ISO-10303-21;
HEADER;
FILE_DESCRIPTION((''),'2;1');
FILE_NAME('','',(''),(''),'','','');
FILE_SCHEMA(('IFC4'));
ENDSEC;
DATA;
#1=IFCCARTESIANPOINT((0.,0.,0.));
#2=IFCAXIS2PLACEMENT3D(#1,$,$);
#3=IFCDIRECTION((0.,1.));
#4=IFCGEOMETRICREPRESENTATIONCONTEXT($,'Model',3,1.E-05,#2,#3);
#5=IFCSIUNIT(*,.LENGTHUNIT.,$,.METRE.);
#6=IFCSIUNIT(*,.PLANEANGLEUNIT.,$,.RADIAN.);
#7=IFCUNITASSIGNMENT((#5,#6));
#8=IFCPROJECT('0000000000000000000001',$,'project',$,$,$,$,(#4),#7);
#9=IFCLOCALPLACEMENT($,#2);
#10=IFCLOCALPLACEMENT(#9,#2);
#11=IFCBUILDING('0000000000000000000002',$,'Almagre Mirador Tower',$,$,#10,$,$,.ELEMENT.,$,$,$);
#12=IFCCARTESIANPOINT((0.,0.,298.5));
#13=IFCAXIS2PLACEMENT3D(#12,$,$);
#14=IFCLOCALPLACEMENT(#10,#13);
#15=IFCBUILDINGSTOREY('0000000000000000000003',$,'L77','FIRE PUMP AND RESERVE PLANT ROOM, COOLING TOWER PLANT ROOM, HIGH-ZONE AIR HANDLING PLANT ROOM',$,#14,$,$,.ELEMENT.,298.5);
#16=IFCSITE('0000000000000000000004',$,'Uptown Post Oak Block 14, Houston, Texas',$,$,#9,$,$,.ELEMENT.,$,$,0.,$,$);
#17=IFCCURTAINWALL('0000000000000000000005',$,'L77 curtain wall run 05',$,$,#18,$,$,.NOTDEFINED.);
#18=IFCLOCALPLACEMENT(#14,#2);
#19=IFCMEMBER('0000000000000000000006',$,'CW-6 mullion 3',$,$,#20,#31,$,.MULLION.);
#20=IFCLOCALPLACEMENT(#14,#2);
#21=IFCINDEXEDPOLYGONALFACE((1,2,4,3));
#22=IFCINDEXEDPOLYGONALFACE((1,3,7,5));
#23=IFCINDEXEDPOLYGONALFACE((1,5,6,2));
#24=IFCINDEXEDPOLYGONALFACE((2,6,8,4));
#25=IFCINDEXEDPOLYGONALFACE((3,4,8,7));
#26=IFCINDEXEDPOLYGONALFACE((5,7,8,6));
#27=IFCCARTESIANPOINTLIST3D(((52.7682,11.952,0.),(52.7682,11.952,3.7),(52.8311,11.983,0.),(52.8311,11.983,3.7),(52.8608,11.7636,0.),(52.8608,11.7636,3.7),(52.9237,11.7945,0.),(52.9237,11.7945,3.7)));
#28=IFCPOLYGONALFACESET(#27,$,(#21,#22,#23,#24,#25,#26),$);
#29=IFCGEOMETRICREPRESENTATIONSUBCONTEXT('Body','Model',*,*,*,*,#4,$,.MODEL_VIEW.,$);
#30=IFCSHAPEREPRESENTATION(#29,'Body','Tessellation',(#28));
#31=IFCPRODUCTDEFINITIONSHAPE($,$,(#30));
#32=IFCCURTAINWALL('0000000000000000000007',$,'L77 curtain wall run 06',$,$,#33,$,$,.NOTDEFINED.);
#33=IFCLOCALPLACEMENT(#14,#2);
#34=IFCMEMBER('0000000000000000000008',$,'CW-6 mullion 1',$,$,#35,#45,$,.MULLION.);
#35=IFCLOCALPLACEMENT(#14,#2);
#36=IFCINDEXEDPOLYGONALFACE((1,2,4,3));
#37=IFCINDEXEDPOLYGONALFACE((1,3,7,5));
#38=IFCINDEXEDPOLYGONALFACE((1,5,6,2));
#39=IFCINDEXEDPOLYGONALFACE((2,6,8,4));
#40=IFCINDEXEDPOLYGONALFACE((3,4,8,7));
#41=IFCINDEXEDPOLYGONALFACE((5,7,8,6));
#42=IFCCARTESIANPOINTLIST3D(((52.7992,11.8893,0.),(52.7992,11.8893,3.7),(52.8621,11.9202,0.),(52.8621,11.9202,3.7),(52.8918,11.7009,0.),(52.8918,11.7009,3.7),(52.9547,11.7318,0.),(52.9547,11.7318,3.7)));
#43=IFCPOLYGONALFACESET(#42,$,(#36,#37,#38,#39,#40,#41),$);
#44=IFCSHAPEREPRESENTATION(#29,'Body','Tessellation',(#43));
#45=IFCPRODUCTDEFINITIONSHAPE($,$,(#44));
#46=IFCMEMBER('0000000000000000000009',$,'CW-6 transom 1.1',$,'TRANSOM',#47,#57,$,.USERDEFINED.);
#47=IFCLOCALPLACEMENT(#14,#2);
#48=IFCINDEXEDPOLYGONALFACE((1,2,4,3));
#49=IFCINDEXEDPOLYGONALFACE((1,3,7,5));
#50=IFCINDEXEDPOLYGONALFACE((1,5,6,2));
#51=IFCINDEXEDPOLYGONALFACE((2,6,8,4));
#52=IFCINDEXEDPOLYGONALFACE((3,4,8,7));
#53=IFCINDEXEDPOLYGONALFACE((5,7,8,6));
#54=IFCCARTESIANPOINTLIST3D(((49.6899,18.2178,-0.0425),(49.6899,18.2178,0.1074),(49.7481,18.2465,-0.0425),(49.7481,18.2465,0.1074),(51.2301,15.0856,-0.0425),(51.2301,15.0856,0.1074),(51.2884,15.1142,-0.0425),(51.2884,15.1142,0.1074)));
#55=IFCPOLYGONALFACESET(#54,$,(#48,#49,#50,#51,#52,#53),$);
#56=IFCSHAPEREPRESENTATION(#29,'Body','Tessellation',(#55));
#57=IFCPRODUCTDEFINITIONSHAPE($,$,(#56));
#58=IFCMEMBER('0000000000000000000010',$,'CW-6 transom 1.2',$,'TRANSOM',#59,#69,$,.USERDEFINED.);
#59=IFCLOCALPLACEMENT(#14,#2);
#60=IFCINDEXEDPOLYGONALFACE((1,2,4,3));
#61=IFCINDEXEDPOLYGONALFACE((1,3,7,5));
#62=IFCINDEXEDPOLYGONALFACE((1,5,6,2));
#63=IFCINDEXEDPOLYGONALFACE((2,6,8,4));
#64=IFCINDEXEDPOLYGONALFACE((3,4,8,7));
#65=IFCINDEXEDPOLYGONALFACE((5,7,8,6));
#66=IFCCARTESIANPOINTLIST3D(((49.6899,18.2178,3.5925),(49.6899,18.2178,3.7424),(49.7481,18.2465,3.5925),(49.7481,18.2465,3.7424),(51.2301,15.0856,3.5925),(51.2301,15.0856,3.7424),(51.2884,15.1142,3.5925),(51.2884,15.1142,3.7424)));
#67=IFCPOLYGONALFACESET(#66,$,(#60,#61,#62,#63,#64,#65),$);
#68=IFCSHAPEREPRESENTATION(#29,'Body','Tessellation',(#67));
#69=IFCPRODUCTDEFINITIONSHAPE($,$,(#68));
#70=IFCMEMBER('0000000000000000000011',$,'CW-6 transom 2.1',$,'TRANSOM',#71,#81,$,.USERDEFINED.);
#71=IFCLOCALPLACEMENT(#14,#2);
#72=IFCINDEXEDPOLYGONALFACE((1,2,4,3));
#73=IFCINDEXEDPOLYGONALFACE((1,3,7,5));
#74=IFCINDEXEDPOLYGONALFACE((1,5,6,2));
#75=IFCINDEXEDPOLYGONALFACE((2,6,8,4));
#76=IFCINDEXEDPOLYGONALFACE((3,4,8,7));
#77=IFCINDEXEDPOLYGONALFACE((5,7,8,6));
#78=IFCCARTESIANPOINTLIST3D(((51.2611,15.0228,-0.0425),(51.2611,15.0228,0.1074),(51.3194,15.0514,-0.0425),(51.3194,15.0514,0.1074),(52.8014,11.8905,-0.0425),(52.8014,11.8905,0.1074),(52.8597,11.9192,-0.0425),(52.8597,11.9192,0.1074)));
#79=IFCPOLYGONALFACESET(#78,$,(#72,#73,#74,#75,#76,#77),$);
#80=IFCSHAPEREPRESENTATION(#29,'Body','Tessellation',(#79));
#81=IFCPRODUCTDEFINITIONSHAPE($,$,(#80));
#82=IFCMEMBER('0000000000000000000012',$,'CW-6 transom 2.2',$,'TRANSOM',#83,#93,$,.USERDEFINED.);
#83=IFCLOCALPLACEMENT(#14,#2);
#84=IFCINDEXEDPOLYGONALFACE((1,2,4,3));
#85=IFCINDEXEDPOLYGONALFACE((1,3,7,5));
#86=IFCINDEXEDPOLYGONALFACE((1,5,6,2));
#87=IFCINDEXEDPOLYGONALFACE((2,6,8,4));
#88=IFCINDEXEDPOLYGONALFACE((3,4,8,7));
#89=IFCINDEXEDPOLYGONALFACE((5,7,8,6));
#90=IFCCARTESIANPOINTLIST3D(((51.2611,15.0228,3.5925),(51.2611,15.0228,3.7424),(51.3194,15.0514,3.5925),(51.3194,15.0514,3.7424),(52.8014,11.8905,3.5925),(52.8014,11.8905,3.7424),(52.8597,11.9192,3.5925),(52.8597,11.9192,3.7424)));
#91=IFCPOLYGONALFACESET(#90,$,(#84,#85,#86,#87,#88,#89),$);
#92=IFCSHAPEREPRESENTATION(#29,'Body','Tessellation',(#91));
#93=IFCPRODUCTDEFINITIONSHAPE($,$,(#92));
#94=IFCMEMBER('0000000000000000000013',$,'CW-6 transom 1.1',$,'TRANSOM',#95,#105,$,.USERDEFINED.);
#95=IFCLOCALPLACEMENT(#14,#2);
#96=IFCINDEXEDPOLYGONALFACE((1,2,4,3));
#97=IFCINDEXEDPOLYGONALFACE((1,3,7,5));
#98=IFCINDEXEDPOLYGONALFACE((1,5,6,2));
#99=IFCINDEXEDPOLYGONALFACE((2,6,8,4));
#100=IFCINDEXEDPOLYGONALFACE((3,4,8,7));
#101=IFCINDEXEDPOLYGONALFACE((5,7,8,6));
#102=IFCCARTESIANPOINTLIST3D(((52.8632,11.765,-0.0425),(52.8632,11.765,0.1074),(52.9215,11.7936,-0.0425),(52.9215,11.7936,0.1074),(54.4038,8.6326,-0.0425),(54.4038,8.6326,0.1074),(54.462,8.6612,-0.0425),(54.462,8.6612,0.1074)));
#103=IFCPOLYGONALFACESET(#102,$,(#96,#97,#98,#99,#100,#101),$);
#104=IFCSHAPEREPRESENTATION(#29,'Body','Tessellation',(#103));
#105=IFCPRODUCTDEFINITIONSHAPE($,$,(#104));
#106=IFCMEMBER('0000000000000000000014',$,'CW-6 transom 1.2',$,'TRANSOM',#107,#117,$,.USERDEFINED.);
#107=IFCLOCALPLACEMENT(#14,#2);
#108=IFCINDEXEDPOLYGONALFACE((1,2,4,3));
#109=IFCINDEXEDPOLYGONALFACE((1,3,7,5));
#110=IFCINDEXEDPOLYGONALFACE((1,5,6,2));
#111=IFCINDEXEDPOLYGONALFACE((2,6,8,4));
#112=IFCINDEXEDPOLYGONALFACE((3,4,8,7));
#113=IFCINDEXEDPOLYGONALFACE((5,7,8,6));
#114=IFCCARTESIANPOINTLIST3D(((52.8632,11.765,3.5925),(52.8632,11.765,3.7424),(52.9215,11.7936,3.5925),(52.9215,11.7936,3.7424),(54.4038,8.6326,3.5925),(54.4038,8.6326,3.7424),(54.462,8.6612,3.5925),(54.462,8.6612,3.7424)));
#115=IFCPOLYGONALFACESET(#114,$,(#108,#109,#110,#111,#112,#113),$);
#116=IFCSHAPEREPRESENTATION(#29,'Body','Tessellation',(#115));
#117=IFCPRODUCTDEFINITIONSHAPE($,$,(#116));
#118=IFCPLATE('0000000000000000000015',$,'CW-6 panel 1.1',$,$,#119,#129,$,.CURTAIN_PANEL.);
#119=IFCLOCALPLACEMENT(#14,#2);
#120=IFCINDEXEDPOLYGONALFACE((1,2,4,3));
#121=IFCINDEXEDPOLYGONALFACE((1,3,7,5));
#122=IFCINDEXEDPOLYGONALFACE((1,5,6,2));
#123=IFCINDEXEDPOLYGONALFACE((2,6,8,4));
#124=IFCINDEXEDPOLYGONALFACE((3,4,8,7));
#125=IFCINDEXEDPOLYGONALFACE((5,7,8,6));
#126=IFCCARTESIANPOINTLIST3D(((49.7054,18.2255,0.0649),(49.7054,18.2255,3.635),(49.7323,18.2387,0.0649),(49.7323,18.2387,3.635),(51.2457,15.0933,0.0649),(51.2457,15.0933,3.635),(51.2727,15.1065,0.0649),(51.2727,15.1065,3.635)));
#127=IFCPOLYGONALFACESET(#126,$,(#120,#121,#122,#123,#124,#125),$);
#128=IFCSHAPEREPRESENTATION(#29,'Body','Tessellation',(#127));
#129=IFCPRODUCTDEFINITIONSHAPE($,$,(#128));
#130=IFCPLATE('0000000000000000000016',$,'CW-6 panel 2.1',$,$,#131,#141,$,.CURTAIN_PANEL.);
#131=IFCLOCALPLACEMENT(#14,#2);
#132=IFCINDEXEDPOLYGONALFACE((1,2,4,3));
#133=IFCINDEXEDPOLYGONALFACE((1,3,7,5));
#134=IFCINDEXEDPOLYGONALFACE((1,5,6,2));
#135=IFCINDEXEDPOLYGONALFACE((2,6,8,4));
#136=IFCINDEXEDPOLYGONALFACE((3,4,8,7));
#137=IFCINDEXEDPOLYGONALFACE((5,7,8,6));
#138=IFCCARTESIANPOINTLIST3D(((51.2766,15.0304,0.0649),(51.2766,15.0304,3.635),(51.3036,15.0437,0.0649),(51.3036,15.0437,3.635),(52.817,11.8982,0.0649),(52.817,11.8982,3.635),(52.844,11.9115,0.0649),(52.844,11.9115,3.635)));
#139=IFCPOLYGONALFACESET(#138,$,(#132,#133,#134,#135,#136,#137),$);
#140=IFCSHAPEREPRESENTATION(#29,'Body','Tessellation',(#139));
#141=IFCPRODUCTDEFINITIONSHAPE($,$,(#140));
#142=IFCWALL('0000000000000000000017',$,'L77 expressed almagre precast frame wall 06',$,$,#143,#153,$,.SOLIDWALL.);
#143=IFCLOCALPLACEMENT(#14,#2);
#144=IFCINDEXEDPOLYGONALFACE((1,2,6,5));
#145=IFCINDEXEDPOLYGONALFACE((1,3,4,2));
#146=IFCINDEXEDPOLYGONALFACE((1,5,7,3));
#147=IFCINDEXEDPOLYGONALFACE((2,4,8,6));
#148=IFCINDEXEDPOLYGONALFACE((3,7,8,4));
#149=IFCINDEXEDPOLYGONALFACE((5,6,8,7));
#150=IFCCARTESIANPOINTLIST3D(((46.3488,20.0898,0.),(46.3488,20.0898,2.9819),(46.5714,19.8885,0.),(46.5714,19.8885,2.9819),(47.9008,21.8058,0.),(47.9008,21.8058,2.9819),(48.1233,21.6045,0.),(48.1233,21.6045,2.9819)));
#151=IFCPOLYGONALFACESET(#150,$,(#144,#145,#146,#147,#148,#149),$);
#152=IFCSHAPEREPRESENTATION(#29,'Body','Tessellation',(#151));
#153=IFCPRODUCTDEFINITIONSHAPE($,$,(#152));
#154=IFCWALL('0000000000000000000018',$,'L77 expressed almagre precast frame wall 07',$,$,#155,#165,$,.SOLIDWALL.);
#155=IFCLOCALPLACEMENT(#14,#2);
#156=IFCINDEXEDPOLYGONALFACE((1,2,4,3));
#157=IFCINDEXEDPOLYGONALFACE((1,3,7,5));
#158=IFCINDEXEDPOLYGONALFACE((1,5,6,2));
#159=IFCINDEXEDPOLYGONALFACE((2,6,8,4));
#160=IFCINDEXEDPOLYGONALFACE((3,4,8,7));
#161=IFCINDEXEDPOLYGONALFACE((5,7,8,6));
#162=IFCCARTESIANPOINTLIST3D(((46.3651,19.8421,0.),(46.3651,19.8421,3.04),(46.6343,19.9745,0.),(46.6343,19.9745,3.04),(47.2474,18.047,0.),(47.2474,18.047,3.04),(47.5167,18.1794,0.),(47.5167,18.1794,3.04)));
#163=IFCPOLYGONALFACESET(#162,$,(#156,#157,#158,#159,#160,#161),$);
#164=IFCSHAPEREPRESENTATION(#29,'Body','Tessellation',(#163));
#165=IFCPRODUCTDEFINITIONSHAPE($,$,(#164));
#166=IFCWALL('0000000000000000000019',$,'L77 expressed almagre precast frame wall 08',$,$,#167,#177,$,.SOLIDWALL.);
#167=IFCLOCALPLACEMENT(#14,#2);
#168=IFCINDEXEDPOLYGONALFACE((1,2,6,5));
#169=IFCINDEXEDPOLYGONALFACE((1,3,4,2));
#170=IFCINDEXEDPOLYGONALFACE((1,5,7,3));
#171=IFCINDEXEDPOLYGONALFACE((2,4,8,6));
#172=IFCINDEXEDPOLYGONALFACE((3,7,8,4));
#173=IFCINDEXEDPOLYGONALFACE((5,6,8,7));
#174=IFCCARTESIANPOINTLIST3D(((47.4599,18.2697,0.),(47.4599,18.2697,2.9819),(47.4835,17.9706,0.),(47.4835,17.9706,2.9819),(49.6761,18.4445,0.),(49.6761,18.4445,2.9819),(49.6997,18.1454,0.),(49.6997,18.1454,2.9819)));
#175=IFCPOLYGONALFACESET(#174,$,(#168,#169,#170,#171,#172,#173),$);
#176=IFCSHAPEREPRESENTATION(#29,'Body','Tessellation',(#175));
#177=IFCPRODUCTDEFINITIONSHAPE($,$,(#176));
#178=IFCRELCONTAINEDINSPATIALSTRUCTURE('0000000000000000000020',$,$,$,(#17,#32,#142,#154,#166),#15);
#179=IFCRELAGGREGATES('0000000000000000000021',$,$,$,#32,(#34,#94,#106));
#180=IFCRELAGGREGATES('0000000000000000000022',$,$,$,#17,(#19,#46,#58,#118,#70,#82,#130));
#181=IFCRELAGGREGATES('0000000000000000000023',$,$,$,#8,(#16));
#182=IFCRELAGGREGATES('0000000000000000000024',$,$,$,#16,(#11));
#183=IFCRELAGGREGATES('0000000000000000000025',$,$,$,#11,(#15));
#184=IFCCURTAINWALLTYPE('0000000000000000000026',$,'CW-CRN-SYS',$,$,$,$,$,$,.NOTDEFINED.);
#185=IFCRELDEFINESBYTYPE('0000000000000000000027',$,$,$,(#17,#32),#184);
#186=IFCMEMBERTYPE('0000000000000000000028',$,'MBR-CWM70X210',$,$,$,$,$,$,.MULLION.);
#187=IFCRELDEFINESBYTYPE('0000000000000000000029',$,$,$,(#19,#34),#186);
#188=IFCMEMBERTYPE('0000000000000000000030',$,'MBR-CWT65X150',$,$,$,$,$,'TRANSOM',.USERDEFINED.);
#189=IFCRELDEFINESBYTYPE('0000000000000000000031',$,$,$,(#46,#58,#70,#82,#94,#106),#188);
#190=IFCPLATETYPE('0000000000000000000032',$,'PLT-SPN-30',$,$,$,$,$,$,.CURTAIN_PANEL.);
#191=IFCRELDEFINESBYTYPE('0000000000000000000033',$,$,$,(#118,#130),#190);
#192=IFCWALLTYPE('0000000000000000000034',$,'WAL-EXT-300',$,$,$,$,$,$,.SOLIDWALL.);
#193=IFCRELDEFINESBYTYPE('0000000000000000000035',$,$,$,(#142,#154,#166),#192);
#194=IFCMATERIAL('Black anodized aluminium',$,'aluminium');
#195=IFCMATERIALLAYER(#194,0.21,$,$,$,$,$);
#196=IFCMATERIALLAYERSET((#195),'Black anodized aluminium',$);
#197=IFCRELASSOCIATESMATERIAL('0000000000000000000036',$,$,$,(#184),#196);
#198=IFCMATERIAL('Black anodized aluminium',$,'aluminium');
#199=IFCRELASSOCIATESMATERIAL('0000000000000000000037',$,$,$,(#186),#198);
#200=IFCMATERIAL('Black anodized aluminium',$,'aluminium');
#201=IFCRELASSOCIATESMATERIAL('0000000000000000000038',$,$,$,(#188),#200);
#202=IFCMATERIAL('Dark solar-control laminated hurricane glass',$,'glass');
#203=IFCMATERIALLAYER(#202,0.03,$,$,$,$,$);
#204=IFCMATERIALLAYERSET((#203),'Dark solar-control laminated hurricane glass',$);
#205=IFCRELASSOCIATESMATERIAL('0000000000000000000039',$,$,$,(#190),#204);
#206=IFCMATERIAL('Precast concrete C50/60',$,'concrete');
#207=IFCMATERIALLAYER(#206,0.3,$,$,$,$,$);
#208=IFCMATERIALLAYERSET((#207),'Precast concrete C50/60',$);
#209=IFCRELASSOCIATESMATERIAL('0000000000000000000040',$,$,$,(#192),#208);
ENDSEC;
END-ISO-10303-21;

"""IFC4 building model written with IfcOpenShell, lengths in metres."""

from ifc_helpers import new_model, si_unit, direction, frame, frame_2d, origin, origin_2d, place, context, subcontext, project, spatial, rectangle, extrude, material, layer, layer_set, material_profile, profile_set, type_object, element, aggregate, save


model = new_model("IFC4")

# Units and contexts
model_context = context("Model", 3, precision=1e-05, world=origin(), true_north=direction((0.0, 1.0)))
body_context = subcontext(model_context, "Body", "Model", "MODEL_VIEW")
ifc_project = project(units=[si_unit("LENGTHUNIT", "METRE"), si_unit("PLANEANGLEUNIT", "RADIAN")], contexts=[model_context])

# Site, building, storey
site_placement = place(None, origin())
site = spatial("IfcSite", under=ifc_project, at=site_placement, Name="Uptown Post Oak Block 14, Houston, Texas", CompositionType="ELEMENT", RefElevation=0.0)
building_placement = place(site_placement, origin())
building = spatial("IfcBuilding", under=site, at=building_placement, Name="Almagre Mirador Tower", CompositionType="ELEMENT")
storey_placement = place(building_placement, frame((0.0, 0.0, 298.5)))
storey = spatial("IfcBuildingStorey", under=building, at=storey_placement, Name="L77", Description="FIRE PUMP AND RESERVE PLANT ROOM, COOLING TOWER PLANT ROOM, HIGH-ZONE AIR HANDLING PLANT ROOM", CompositionType="ELEMENT", Elevation=298.5)

# Shared definitions
ifc_material_1 = material(Name="Black anodized aluminium", Category="aluminium")
ifc_layer_1 = layer(ifc_material_1, 0.21)
ifc_layer_set_1 = layer_set([ifc_layer_1], Name="Black anodized aluminium")
curtain_wall_type = type_object("IfcCurtainWallType", Name="CW-CRN-SYS", PredefinedType="NOTDEFINED", material=ifc_layer_set_1)
ifc_material_2 = material(Name="Black anodized aluminium", Category="aluminium")
ifc_material_profile_1 = material_profile(ifc_material_2, rectangle(XDim=0.0701, YDim=0.21, at=origin_2d()), Name="CWM70X210")
ifc_profile_set_1 = profile_set([ifc_material_profile_1], Name="Black anodized aluminium")
member_type_1 = type_object("IfcMemberType", Name="MBR-CWM70X210", PredefinedType="MULLION", material=ifc_profile_set_1)

# Curtain wall, member
curtain_wall_1_placement = place(storey_placement, origin())
curtain_wall_1 = element("IfcCurtainWall", 1, at=curtain_wall_1_placement, inside=storey, type_object=curtain_wall_type, Name="L77 curtain wall run 05", PredefinedType="NOTDEFINED")
member_1_placement = place(storey_placement, frame((52.8459, 11.8733, 0.0), z_axis=(0.0, 0.0, 1.0), x_axis=(0.897356, 0.441308, 0.0)))
member_1 = element("IfcMember", 2, at=member_1_placement, type_object=member_type_1, Name="CW-6 mullion 3", PredefinedType="MULLION", context=body_context, shape_type="SweptSolid", body=[
    extrude(rectangle(XDim=0.0701, YDim=0.21, at=origin_2d()), origin(), (0.0, 0.0, 1.0), 3.7),
])

# Curtain wall, member
curtain_wall_2_placement = place(storey_placement, origin())
curtain_wall_2 = element("IfcCurtainWall", 3, at=curtain_wall_2_placement, inside=storey, type_object=curtain_wall_type, Name="L77 curtain wall run 06", PredefinedType="NOTDEFINED")
member_2_placement = place(storey_placement, frame((52.877, 11.8105, 0.0), z_axis=(0.0, 0.0, 1.0), x_axis=(0.897356, 0.441308, 0.0)))
member_2 = element("IfcMember", 4, at=member_2_placement, type_object=member_type_1, Name="CW-6 mullion 1", PredefinedType="MULLION", context=body_context, shape_type="SweptSolid", body=[
    extrude(rectangle(XDim=0.0701, YDim=0.21, at=origin_2d()), origin(), (0.0, 0.0, 1.0), 3.7),
])

# Members
ifc_material_3 = material(Name="Black anodized aluminium", Category="aluminium")
ifc_material_profile_2 = material_profile(ifc_material_3, rectangle(XDim=0.0649, YDim=0.1499, at=origin_2d()), Name="CWT65X150")
ifc_profile_set_2 = profile_set([ifc_material_profile_2], Name="Black anodized aluminium")
member_type_2 = type_object("IfcMemberType", Name="MBR-CWT65X150", ElementType="TRANSOM", PredefinedType="USERDEFINED", material=ifc_profile_set_2)
member_3_placement = place(storey_placement, frame((49.719, 18.2322, 0.0325), z_axis=(0.441273, -0.897373, 0.0), x_axis=(0.897373, 0.441273, 0.0)))
member_3 = element("IfcMember", 5, at=member_3_placement, type_object=member_type_2, Name="CW-6 transom 1.1", ObjectType="TRANSOM", PredefinedType="USERDEFINED", context=body_context, shape_type="SweptSolid", body=[
    extrude(rectangle(XDim=0.0649, YDim=0.1499, at=origin_2d()), origin(), (0.0, 0.0, 1.0), 3.4905),
])
member_4_placement = place(storey_placement, frame((49.719, 18.2322, 3.6675), z_axis=(0.441273, -0.897373, 0.0), x_axis=(0.897373, 0.441273, 0.0)))
member_4 = element("IfcMember", 6, at=member_4_placement, type_object=member_type_2, Name="CW-6 transom 1.2", ObjectType="TRANSOM", PredefinedType="USERDEFINED", context=body_context, shape_type="SweptSolid", body=[
    extrude(rectangle(XDim=0.0649, YDim=0.1499, at=origin_2d()), origin(), (0.0, 0.0, 1.0), 3.4905),
])
member_5_placement = place(storey_placement, frame((51.2903, 15.0371, 0.0325), z_axis=(0.441273, -0.897373, 0.0), x_axis=(0.897373, 0.441273, 0.0)))
member_5 = element("IfcMember", 7, at=member_5_placement, type_object=member_type_2, Name="CW-6 transom 2.1", ObjectType="TRANSOM", PredefinedType="USERDEFINED", context=body_context, shape_type="SweptSolid", body=[
    extrude(rectangle(XDim=0.0649, YDim=0.1499, at=origin_2d()), origin(), (0.0, 0.0, 1.0), 3.4905),
])
member_6_placement = place(storey_placement, frame((51.2903, 15.0371, 3.6675), z_axis=(0.441273, -0.897373, 0.0), x_axis=(0.897373, 0.441273, 0.0)))
member_6 = element("IfcMember", 8, at=member_6_placement, type_object=member_type_2, Name="CW-6 transom 2.2", ObjectType="TRANSOM", PredefinedType="USERDEFINED", context=body_context, shape_type="SweptSolid", body=[
    extrude(rectangle(XDim=0.0649, YDim=0.1499, at=origin_2d()), origin(), (0.0, 0.0, 1.0), 3.4905),
])
member_7_placement = place(storey_placement, frame((52.8923, 11.7793, 0.0325), z_axis=(0.441329, -0.897345, 0.0), x_axis=(0.897345, 0.441329, 0.0)))
member_7 = element("IfcMember", 9, at=member_7_placement, type_object=member_type_2, Name="CW-6 transom 1.1", ObjectType="TRANSOM", PredefinedType="USERDEFINED", context=body_context, shape_type="SweptSolid", body=[
    extrude(rectangle(XDim=0.0649, YDim=0.1499, at=origin_2d()), origin(), (0.0, 0.0, 1.0), 3.4907),
])
member_8_placement = place(storey_placement, frame((52.8923, 11.7793, 3.6675), z_axis=(0.441329, -0.897345, 0.0), x_axis=(0.897345, 0.441329, 0.0)))
member_8 = element("IfcMember", 10, at=member_8_placement, type_object=member_type_2, Name="CW-6 transom 1.2", ObjectType="TRANSOM", PredefinedType="USERDEFINED", context=body_context, shape_type="SweptSolid", body=[
    extrude(rectangle(XDim=0.0649, YDim=0.1499, at=origin_2d()), origin(), (0.0, 0.0, 1.0), 3.4907),
])
aggregate(curtain_wall_2, [member_2, member_7, member_8])

# Plates
ifc_material_4 = material(Name="Dark solar-control laminated hurricane glass", Category="glass")
ifc_layer_2 = layer(ifc_material_4, 0.03)
ifc_layer_set_2 = layer_set([ifc_layer_2], Name="Dark solar-control laminated hurricane glass")
plate_type = type_object("IfcPlateType", Name="PLT-SPN-30", PredefinedType="CURTAIN_PANEL", material=ifc_layer_set_2)
plate_1_placement = place(storey_placement, frame((50.489, 16.666, 0.0649), z_axis=(0.0, 0.0, 1.0), x_axis=(0.441308, -0.897356, 0.0)))
plate_1 = element("IfcPlate", 11, at=plate_1_placement, type_object=plate_type, Name="CW-6 panel 1.1", PredefinedType="CURTAIN_PANEL", context=body_context, shape_type="SweptSolid", body=[
    extrude(rectangle(XDim=3.4905, YDim=0.03, at=origin_2d()), origin(), (0.0, 0.0, 1.0), 3.5701),
])
plate_2_placement = place(storey_placement, frame((52.0603, 13.4709, 0.0649), z_axis=(0.0, 0.0, 1.0), x_axis=(0.441308, -0.897356, 0.0)))
plate_2 = element("IfcPlate", 12, at=plate_2_placement, type_object=plate_type, Name="CW-6 panel 2.1", PredefinedType="CURTAIN_PANEL", context=body_context, shape_type="SweptSolid", body=[
    extrude(rectangle(XDim=3.4905, YDim=0.03, at=origin_2d()), origin(), (0.0, 0.0, 1.0), 3.5701),
])
aggregate(curtain_wall_1, [member_1, member_3, member_4, plate_1, member_5, member_6, plate_2])

# Walls
ifc_material_5 = material(Name="Precast concrete C50/60", Category="concrete")
ifc_layer_3 = layer(ifc_material_5, 0.3)
ifc_layer_set_3 = layer_set([ifc_layer_3], Name="Precast concrete C50/60")
wall_type_1 = type_object("IfcWallType", Name="WAL-EXT-300", PredefinedType="SOLIDWALL", material=ifc_layer_set_3)
wall_1_placement = place(storey_placement, frame((48.012, 21.7051, 0.0), z_axis=(0.0, 0.0, 1.0), x_axis=(-0.670764, -0.741671, 0.0)))
element("IfcWall", 13, at=wall_1_placement, inside=storey, type_object=wall_type_1, Name="L77 expressed almagre precast frame wall 06", PredefinedType="SOLIDWALL", context=body_context, shape_type="SweptSolid", body=[
    extrude(rectangle(XDim=2.3137, YDim=0.3, at=frame_2d((1.1567, 0.0))), origin(), (0.0, 0.0, 1.0), 2.9819),
])
wall_2_placement = place(storey_placement, frame((46.4998, 19.9082, 0.0), z_axis=(0.0, 0.0, 1.0), x_axis=(0.441101, -0.897458, 0.0)))
element("IfcWall", 14, at=wall_2_placement, inside=storey, type_object=wall_type_1, Name="L77 expressed almagre precast frame wall 07", PredefinedType="SOLIDWALL", context=body_context, shape_type="SweptSolid", body=[
    extrude(rectangle(XDim=2.0002, YDim=0.3, at=frame_2d((1.0, 0.0))), origin(), (0.0, 0.0, 1.0), 3.04),
])
wall_3_placement = place(storey_placement, frame((47.4717, 18.1201, 0.0), z_axis=(0.0, 0.0, 1.0), x_axis=(0.996904, 0.078628, 0.0)))
element("IfcWall", 15, at=wall_3_placement, inside=storey, type_object=wall_type_1, Name="L77 expressed almagre precast frame wall 08", PredefinedType="SOLIDWALL", context=body_context, shape_type="SweptSolid", body=[
    extrude(rectangle(XDim=2.2231, YDim=0.3, at=frame_2d((1.1116, 0.0))), origin(), (0.0, 0.0, 1.0), 2.9819),
])

save(model, "model.ifc")
